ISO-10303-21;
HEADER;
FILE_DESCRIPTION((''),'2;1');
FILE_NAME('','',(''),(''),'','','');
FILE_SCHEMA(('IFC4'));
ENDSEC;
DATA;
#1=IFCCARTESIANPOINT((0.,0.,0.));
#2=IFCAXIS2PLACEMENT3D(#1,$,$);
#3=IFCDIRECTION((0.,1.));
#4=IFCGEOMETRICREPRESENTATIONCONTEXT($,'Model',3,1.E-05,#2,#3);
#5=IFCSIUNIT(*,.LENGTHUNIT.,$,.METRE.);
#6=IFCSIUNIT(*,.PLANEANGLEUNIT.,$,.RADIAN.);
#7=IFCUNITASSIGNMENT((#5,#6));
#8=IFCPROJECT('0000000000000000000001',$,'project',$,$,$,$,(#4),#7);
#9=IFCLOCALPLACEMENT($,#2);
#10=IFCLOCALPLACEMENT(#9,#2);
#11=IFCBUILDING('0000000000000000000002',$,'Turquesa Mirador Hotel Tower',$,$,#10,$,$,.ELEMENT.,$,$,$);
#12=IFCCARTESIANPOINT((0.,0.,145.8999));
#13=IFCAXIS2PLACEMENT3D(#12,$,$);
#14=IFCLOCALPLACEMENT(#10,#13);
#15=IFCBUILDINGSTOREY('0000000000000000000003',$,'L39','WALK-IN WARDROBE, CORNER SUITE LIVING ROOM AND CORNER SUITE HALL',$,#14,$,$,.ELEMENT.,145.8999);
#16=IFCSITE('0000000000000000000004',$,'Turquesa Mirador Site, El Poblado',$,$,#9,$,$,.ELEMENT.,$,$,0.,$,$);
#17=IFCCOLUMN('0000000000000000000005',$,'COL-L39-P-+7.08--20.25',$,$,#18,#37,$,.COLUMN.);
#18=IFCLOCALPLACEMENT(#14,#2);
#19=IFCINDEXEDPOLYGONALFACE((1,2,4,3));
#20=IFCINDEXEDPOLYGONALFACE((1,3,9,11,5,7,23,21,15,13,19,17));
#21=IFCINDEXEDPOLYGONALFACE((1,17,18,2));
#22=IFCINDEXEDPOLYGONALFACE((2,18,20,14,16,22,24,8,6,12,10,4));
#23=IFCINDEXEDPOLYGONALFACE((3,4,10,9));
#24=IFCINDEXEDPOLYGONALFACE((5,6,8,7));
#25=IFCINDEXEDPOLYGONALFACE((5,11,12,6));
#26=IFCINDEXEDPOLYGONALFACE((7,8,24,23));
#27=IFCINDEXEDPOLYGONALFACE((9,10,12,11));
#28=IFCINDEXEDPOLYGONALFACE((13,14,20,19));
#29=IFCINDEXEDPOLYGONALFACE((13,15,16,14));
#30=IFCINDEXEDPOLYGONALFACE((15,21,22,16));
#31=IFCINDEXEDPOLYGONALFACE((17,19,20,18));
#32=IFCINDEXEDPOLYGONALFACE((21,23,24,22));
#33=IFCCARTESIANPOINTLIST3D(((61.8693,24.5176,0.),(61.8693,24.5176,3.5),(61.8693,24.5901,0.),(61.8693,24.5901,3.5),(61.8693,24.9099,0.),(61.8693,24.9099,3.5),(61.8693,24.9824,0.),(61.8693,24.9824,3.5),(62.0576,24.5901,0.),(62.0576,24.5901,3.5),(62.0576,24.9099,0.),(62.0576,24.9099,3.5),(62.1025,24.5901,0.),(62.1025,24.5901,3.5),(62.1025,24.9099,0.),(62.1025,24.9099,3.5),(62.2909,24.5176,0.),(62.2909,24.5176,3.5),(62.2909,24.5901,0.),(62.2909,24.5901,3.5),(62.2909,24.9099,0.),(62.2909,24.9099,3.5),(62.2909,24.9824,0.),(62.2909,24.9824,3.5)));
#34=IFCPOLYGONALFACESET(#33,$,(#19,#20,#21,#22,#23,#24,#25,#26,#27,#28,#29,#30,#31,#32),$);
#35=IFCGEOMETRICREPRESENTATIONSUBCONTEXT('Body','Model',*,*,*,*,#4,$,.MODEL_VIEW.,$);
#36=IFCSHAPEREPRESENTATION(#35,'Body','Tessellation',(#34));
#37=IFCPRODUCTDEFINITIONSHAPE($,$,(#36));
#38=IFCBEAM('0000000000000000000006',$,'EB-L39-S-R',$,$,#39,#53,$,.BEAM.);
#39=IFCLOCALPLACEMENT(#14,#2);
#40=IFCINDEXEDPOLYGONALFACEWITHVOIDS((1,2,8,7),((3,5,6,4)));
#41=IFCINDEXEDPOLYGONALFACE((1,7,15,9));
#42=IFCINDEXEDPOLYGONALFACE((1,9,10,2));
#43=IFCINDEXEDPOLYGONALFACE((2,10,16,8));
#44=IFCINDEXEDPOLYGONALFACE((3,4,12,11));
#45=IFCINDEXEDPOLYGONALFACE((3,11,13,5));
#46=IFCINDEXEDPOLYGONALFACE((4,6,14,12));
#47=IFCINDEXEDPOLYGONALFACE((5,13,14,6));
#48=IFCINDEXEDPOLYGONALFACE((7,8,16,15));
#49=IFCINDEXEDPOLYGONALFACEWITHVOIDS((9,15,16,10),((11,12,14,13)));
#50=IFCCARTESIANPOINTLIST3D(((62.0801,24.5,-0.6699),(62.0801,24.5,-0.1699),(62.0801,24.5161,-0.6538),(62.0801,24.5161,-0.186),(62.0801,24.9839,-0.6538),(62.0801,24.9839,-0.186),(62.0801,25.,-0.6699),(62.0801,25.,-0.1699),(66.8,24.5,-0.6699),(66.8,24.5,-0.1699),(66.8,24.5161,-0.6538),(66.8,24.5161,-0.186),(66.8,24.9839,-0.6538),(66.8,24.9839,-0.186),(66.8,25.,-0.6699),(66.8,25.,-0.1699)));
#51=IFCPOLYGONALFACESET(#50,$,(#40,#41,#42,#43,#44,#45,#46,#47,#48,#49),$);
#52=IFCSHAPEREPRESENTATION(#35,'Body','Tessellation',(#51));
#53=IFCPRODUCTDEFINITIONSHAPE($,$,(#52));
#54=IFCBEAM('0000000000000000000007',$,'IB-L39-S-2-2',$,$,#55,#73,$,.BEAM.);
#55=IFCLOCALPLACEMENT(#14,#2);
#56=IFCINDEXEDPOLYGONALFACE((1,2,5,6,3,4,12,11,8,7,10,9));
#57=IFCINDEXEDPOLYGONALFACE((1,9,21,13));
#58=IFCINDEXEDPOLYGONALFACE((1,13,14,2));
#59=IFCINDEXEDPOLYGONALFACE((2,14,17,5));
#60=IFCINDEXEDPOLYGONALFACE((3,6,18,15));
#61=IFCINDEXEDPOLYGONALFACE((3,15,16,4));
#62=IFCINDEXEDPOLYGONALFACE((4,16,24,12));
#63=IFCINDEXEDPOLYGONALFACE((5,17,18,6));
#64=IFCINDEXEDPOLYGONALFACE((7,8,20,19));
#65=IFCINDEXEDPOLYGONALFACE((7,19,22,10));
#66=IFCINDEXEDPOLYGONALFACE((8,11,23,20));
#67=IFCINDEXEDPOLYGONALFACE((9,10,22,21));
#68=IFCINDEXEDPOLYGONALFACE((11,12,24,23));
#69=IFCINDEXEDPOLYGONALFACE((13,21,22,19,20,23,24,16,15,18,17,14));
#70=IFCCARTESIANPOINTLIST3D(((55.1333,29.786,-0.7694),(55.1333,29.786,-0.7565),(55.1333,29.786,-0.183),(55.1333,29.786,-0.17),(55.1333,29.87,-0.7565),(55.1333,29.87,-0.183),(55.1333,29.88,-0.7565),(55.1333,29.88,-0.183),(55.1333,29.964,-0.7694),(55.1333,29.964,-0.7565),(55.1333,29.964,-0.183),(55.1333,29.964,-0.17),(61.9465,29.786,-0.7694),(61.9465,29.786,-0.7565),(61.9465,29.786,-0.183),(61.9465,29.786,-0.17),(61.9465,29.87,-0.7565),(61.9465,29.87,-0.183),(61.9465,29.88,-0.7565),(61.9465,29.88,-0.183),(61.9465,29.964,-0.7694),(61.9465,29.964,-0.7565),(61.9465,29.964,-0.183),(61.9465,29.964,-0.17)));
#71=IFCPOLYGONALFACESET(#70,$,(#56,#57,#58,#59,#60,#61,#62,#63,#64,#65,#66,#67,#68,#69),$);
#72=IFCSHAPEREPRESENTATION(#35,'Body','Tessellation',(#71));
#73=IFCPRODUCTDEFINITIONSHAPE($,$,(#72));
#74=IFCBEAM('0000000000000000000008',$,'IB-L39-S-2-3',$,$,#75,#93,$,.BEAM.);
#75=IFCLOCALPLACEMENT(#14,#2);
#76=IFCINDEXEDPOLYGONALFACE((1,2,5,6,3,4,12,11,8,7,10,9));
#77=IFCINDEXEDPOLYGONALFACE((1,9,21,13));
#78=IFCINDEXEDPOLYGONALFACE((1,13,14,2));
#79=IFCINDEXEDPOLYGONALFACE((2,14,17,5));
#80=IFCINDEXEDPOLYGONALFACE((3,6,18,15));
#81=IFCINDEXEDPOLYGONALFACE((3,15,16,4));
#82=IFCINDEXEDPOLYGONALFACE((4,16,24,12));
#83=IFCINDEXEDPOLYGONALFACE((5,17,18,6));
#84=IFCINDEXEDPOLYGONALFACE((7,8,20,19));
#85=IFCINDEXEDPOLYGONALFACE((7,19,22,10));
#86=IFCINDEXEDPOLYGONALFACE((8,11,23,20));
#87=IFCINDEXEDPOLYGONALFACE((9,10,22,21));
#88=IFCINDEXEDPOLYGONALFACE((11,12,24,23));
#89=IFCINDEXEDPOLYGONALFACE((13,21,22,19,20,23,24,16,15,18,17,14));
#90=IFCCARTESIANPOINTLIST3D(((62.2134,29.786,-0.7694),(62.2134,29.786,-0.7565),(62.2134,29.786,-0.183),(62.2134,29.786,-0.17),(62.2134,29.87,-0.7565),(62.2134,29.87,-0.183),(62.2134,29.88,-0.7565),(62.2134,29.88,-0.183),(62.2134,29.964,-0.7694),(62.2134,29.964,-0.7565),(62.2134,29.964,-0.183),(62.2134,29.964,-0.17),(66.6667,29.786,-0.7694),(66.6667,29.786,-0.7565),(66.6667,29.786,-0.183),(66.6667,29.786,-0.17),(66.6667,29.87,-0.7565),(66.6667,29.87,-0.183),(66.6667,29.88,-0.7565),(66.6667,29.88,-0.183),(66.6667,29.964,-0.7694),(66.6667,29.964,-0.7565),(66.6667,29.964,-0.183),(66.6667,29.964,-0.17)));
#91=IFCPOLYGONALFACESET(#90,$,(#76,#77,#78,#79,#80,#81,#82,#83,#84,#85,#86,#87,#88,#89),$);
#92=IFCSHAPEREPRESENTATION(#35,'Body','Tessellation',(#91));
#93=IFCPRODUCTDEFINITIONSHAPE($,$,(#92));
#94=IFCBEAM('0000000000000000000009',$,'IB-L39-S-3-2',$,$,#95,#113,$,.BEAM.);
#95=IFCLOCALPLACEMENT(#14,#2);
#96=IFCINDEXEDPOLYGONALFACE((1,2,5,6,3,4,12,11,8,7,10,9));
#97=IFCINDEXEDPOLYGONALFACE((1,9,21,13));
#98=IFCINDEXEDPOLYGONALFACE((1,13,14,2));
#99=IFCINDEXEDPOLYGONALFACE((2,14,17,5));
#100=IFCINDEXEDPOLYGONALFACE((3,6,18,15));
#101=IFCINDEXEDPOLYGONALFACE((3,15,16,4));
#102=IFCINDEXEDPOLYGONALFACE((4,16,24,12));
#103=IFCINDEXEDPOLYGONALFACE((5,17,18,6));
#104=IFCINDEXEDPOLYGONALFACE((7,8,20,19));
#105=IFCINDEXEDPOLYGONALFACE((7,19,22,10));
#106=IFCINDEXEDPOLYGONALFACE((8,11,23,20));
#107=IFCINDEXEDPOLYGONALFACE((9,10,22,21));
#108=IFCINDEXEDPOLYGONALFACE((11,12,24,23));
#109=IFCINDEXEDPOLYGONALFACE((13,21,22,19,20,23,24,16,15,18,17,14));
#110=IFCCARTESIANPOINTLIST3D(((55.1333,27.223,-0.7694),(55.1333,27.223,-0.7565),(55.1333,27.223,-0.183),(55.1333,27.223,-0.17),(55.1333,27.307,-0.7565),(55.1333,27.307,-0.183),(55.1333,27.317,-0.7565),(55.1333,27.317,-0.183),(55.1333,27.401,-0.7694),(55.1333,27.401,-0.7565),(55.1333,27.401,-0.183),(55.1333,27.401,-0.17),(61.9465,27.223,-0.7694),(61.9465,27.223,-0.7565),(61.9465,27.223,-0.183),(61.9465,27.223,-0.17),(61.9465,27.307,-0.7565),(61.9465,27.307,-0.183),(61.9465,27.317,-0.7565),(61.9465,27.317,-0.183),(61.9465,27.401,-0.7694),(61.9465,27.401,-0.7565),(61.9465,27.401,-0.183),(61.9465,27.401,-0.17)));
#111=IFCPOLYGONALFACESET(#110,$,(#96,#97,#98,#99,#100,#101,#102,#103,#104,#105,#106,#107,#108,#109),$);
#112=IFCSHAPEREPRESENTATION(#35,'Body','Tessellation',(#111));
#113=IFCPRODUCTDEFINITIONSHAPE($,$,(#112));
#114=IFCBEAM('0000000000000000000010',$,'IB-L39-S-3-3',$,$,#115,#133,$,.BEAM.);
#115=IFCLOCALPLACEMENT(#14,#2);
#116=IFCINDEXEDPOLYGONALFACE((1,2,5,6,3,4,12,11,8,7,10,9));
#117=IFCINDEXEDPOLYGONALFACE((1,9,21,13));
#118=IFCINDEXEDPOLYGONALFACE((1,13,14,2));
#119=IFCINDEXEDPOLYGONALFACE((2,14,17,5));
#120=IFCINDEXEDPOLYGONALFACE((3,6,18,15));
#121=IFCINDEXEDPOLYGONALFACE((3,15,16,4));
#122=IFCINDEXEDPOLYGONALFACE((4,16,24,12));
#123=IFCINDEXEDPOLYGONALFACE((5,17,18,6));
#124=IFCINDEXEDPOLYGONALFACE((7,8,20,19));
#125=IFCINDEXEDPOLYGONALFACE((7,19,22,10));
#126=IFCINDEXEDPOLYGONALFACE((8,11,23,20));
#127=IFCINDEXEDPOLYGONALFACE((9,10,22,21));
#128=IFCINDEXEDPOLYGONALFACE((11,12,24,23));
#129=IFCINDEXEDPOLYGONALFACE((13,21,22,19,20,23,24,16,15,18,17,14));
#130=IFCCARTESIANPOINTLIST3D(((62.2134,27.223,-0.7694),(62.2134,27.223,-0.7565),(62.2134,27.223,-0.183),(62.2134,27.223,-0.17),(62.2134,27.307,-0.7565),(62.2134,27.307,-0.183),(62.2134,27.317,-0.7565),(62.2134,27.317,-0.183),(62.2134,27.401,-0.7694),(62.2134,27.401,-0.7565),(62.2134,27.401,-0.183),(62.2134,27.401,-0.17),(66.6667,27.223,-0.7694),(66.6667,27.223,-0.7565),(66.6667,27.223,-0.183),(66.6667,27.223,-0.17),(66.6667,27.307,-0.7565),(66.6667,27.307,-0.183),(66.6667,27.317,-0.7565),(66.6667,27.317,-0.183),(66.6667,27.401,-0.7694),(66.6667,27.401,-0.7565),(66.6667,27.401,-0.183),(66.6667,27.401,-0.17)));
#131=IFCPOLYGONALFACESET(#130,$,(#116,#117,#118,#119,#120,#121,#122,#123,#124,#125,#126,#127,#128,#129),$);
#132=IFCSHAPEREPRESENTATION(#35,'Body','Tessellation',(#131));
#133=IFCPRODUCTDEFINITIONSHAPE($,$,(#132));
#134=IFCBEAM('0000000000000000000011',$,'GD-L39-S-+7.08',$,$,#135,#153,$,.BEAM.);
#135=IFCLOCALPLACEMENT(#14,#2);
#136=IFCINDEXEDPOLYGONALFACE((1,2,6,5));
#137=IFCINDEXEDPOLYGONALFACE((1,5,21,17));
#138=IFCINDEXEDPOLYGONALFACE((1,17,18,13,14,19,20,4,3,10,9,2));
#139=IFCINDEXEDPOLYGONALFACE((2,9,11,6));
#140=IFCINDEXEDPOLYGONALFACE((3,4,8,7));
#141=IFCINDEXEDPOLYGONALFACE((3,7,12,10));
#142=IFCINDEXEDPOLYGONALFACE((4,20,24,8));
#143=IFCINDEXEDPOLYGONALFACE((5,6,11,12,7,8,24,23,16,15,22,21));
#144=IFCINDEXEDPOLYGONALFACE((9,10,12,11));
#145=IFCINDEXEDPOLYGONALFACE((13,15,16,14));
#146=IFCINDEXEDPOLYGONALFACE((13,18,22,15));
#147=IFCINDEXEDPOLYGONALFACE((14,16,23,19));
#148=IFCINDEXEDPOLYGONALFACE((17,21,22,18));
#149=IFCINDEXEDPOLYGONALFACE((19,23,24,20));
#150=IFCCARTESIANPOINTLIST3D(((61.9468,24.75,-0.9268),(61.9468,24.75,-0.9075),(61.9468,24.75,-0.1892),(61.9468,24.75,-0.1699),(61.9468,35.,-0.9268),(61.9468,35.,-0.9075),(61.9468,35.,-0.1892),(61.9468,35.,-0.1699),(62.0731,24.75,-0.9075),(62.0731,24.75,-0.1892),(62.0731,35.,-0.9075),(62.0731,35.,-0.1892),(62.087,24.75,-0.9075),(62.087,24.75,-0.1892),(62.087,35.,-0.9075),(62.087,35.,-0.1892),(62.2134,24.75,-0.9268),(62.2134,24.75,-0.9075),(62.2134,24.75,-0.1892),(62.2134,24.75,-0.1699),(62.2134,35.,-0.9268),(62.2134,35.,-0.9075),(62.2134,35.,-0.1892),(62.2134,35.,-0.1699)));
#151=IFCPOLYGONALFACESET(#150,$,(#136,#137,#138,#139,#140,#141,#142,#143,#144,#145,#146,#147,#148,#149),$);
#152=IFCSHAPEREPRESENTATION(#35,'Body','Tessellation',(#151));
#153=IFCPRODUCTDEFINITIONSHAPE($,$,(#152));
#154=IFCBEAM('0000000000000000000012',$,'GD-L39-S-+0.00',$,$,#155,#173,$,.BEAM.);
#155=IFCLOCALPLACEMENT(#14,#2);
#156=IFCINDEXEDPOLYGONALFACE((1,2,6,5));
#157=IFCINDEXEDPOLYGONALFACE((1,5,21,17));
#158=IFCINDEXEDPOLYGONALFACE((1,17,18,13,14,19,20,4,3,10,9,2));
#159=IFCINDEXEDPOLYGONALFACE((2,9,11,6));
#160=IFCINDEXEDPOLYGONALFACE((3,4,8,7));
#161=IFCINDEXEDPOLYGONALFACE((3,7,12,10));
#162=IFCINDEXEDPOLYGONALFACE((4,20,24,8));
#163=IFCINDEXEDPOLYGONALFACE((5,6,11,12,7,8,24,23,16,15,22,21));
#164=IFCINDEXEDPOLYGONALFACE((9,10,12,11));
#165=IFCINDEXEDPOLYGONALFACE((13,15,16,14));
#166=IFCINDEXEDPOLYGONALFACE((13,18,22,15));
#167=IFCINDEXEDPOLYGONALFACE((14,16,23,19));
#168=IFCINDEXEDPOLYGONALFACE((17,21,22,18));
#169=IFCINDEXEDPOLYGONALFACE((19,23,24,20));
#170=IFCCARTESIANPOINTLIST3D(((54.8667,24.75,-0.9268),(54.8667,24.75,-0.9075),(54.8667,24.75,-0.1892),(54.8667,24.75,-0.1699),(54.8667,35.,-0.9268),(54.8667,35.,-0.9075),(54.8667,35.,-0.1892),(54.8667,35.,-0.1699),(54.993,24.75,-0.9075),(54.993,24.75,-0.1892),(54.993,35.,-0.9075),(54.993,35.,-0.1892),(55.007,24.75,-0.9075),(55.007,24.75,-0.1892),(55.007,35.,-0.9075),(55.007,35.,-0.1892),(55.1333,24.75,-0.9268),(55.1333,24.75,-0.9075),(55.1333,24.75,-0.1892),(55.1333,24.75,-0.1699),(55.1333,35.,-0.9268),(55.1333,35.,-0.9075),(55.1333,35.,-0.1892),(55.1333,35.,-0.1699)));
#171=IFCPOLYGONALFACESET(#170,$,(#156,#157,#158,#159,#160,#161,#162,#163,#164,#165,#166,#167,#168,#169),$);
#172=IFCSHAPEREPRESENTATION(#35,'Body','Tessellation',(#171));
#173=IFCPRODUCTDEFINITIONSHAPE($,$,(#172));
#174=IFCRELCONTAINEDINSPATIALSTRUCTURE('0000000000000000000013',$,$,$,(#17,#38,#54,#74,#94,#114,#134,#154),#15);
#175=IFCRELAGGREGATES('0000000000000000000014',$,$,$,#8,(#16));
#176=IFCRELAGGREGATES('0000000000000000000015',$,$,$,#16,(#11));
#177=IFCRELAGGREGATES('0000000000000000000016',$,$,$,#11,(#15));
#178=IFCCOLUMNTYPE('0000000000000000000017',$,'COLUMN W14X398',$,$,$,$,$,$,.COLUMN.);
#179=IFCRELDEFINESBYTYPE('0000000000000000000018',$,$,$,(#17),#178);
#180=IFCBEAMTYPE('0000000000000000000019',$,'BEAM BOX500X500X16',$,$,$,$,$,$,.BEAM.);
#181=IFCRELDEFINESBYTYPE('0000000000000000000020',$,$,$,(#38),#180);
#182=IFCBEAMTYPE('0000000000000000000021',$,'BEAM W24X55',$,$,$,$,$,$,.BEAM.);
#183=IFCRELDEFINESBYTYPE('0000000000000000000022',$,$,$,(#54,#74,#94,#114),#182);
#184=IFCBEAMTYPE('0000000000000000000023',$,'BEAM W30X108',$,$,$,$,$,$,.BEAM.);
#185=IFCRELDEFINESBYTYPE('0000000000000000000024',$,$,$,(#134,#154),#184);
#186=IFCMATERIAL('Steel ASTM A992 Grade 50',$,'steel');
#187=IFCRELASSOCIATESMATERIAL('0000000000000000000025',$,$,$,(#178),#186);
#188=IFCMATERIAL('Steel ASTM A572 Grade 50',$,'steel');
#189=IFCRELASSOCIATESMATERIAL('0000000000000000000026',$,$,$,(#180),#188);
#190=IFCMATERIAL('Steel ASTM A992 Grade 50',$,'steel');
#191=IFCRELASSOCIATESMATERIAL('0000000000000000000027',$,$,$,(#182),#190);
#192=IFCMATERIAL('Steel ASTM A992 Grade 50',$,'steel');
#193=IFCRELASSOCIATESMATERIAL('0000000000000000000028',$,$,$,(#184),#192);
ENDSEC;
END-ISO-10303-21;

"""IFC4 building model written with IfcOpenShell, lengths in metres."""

from ifc_helpers import new_model, si_unit, direction, frame, origin, origin_2d, place, context, subcontext, project, spatial, hollow_rectangle, i_section, extrude, material, material_profile, profile_set, type_object, element, save


model = new_model("IFC4")

# Units and contexts
model_context = context("Model", 3, precision=1e-05, world=origin(), true_north=direction((0.0, 1.0)))
body_context = subcontext(model_context, "Body", "Model", "MODEL_VIEW")
ifc_project = project(units=[si_unit("LENGTHUNIT", "METRE"), si_unit("PLANEANGLEUNIT", "RADIAN")], contexts=[model_context])

# Site, building, storey
site_placement = place(None, origin())
site = spatial("IfcSite", under=ifc_project, at=site_placement, Name="Turquesa Mirador Site, El Poblado", CompositionType="ELEMENT", RefElevation=0.0)
building_placement = place(site_placement, origin())
building = spatial("IfcBuilding", under=site, at=building_placement, Name="Turquesa Mirador Hotel Tower", CompositionType="ELEMENT")
storey_placement = place(building_placement, frame((0.0, 0.0, 145.8999)))
storey = spatial("IfcBuildingStorey", under=building, at=storey_placement, Name="L39", Description="WALK-IN WARDROBE, CORNER SUITE LIVING ROOM AND CORNER SUITE HALL", CompositionType="ELEMENT", Elevation=145.8999)

# Column
ifc_material_1 = material(Name="Steel ASTM A992 Grade 50", Category="steel")
ifc_material_profile_1 = material_profile(ifc_material_1, i_section(OverallWidth=0.4216, OverallDepth=0.4648, WebThickness=0.0449, FlangeThickness=0.0725, at=origin_2d()), Name="W14X398")
ifc_profile_set_1 = profile_set([ifc_material_profile_1], Name="Steel ASTM A992 Grade 50")
column_type = type_object("IfcColumnType", Name="COLUMN W14X398", PredefinedType="COLUMN", material=ifc_profile_set_1)
column_placement = place(storey_placement, frame((62.0801, 24.75, 0.0), z_axis=(0.0, 0.0, 1.0), x_axis=(1.0, 0.0, 0.0)))
element("IfcColumn", 1, at=column_placement, inside=storey, type_object=column_type, Name="COL-L39-P-+7.08--20.25", PredefinedType="COLUMN", context=body_context, shape_type="SweptSolid", body=[
    extrude(i_section(OverallWidth=0.4216, OverallDepth=0.4648, WebThickness=0.0449, FlangeThickness=0.0725, at=origin_2d()), origin(), (0.0, 0.0, 1.0), 3.5),
])

# Beams
ifc_material_2 = material(Name="Steel ASTM A572 Grade 50", Category="steel")
ifc_material_profile_2 = material_profile(ifc_material_2, hollow_rectangle(XDim=0.5, YDim=0.5, WallThickness=0.0161, at=origin_2d()), Name="BOX500X500X16")
ifc_profile_set_2 = profile_set([ifc_material_profile_2], Name="Steel ASTM A572 Grade 50")
beam_type_1 = type_object("IfcBeamType", Name="BEAM BOX500X500X16", PredefinedType="BEAM", material=ifc_profile_set_2)
beam_1_placement = place(storey_placement, frame((62.0801, 24.75, -0.4199), z_axis=(1.0, 0.0, 0.0), x_axis=(0.0, 1.0, 0.0)))
element("IfcBeam", 2, at=beam_1_placement, inside=storey, type_object=beam_type_1, Name="EB-L39-S-R", PredefinedType="BEAM", context=body_context, shape_type="SweptSolid", body=[
    extrude(hollow_rectangle(XDim=0.5, YDim=0.5, WallThickness=0.0161, at=origin_2d()), origin(), (0.0, 0.0, 1.0), 4.72),
])
ifc_material_3 = material(Name="Steel ASTM A992 Grade 50", Category="steel")
ifc_material_profile_3 = material_profile(ifc_material_3, i_section(OverallWidth=0.178, OverallDepth=0.5994, WebThickness=0.01, FlangeThickness=0.0129, at=origin_2d()), Name="W24X55")
ifc_profile_set_3 = profile_set([ifc_material_profile_3], Name="Steel ASTM A992 Grade 50")
beam_type_2 = type_object("IfcBeamType", Name="BEAM W24X55", PredefinedType="BEAM", material=ifc_profile_set_3)
beam_2_placement = place(storey_placement, frame((55.1333, 29.875, -0.4697), z_axis=(1.0, 0.0, 0.0), x_axis=(0.0, 1.0, 0.0)))
element("IfcBeam", 3, at=beam_2_placement, inside=storey, type_object=beam_type_2, Name="IB-L39-S-2-2", PredefinedType="BEAM", context=body_context, shape_type="SweptSolid", body=[
    extrude(i_section(OverallWidth=0.178, OverallDepth=0.5994, WebThickness=0.01, FlangeThickness=0.0129, at=origin_2d()), origin(), (0.0, 0.0, 1.0), 6.8132),
])
beam_3_placement = place(storey_placement, frame((62.2134, 29.875, -0.4697), z_axis=(1.0, 0.0, 0.0), x_axis=(0.0, 1.0, 0.0)))
element("IfcBeam", 4, at=beam_3_placement, inside=storey, type_object=beam_type_2, Name="IB-L39-S-2-3", PredefinedType="BEAM", context=body_context, shape_type="SweptSolid", body=[
    extrude(i_section(OverallWidth=0.178, OverallDepth=0.5994, WebThickness=0.01, FlangeThickness=0.0129, at=origin_2d()), origin(), (0.0, 0.0, 1.0), 4.4534),
])
beam_4_placement = place(storey_placement, frame((55.1333, 27.312, -0.4697), z_axis=(1.0, 0.0, 0.0), x_axis=(0.0, 1.0, 0.0)))
element("IfcBeam", 5, at=beam_4_placement, inside=storey, type_object=beam_type_2, Name="IB-L39-S-3-2", PredefinedType="BEAM", context=body_context, shape_type="SweptSolid", body=[
    extrude(i_section(OverallWidth=0.178, OverallDepth=0.5994, WebThickness=0.01, FlangeThickness=0.0129, at=origin_2d()), origin(), (0.0, 0.0, 1.0), 6.8132),
])
beam_5_placement = place(storey_placement, frame((62.2134, 27.312, -0.4697), z_axis=(1.0, 0.0, 0.0), x_axis=(0.0, 1.0, 0.0)))
element("IfcBeam", 6, at=beam_5_placement, inside=storey, type_object=beam_type_2, Name="IB-L39-S-3-3", PredefinedType="BEAM", context=body_context, shape_type="SweptSolid", body=[
    extrude(i_section(OverallWidth=0.178, OverallDepth=0.5994, WebThickness=0.01, FlangeThickness=0.0129, at=origin_2d()), origin(), (0.0, 0.0, 1.0), 4.4534),
])
ifc_material_4 = material(Name="Steel ASTM A992 Grade 50", Category="steel")
ifc_material_profile_4 = material_profile(ifc_material_4, i_section(OverallWidth=0.2666, OverallDepth=0.7568, WebThickness=0.0139, FlangeThickness=0.0193, at=origin_2d()), Name="W30X108")
ifc_profile_set_4 = profile_set([ifc_material_profile_4], Name="Steel ASTM A992 Grade 50")
beam_type_3 = type_object("IfcBeamType", Name="BEAM W30X108", PredefinedType="BEAM", material=ifc_profile_set_4)
for number, where, z_axis, x_axis, name in (
    (7, (62.0801, 24.75, -0.5483), (0.0, 1.0, 0.0), (-1.0, 0.0, 0.0), "GD-L39-S-+7.08"),
    (8, (55.0, 24.75, -0.5483), (0.0, 1.0, 0.0), (-1.0, 0.0, 0.0), "GD-L39-S-+0.00"),
):
    element("IfcBeam", number, at=place(storey_placement, frame(where, z_axis=z_axis, x_axis=x_axis)), inside=storey, type_object=beam_type_3, Name=name, PredefinedType="BEAM", context=body_context, shape_type="SweptSolid", body=[
        extrude(i_section(OverallWidth=0.2666, OverallDepth=0.7568, WebThickness=0.0139, FlangeThickness=0.0193, at=origin_2d()), origin(), (0.0, 0.0, 1.0), 10.25),
    ])

save(model, "model.ifc")
